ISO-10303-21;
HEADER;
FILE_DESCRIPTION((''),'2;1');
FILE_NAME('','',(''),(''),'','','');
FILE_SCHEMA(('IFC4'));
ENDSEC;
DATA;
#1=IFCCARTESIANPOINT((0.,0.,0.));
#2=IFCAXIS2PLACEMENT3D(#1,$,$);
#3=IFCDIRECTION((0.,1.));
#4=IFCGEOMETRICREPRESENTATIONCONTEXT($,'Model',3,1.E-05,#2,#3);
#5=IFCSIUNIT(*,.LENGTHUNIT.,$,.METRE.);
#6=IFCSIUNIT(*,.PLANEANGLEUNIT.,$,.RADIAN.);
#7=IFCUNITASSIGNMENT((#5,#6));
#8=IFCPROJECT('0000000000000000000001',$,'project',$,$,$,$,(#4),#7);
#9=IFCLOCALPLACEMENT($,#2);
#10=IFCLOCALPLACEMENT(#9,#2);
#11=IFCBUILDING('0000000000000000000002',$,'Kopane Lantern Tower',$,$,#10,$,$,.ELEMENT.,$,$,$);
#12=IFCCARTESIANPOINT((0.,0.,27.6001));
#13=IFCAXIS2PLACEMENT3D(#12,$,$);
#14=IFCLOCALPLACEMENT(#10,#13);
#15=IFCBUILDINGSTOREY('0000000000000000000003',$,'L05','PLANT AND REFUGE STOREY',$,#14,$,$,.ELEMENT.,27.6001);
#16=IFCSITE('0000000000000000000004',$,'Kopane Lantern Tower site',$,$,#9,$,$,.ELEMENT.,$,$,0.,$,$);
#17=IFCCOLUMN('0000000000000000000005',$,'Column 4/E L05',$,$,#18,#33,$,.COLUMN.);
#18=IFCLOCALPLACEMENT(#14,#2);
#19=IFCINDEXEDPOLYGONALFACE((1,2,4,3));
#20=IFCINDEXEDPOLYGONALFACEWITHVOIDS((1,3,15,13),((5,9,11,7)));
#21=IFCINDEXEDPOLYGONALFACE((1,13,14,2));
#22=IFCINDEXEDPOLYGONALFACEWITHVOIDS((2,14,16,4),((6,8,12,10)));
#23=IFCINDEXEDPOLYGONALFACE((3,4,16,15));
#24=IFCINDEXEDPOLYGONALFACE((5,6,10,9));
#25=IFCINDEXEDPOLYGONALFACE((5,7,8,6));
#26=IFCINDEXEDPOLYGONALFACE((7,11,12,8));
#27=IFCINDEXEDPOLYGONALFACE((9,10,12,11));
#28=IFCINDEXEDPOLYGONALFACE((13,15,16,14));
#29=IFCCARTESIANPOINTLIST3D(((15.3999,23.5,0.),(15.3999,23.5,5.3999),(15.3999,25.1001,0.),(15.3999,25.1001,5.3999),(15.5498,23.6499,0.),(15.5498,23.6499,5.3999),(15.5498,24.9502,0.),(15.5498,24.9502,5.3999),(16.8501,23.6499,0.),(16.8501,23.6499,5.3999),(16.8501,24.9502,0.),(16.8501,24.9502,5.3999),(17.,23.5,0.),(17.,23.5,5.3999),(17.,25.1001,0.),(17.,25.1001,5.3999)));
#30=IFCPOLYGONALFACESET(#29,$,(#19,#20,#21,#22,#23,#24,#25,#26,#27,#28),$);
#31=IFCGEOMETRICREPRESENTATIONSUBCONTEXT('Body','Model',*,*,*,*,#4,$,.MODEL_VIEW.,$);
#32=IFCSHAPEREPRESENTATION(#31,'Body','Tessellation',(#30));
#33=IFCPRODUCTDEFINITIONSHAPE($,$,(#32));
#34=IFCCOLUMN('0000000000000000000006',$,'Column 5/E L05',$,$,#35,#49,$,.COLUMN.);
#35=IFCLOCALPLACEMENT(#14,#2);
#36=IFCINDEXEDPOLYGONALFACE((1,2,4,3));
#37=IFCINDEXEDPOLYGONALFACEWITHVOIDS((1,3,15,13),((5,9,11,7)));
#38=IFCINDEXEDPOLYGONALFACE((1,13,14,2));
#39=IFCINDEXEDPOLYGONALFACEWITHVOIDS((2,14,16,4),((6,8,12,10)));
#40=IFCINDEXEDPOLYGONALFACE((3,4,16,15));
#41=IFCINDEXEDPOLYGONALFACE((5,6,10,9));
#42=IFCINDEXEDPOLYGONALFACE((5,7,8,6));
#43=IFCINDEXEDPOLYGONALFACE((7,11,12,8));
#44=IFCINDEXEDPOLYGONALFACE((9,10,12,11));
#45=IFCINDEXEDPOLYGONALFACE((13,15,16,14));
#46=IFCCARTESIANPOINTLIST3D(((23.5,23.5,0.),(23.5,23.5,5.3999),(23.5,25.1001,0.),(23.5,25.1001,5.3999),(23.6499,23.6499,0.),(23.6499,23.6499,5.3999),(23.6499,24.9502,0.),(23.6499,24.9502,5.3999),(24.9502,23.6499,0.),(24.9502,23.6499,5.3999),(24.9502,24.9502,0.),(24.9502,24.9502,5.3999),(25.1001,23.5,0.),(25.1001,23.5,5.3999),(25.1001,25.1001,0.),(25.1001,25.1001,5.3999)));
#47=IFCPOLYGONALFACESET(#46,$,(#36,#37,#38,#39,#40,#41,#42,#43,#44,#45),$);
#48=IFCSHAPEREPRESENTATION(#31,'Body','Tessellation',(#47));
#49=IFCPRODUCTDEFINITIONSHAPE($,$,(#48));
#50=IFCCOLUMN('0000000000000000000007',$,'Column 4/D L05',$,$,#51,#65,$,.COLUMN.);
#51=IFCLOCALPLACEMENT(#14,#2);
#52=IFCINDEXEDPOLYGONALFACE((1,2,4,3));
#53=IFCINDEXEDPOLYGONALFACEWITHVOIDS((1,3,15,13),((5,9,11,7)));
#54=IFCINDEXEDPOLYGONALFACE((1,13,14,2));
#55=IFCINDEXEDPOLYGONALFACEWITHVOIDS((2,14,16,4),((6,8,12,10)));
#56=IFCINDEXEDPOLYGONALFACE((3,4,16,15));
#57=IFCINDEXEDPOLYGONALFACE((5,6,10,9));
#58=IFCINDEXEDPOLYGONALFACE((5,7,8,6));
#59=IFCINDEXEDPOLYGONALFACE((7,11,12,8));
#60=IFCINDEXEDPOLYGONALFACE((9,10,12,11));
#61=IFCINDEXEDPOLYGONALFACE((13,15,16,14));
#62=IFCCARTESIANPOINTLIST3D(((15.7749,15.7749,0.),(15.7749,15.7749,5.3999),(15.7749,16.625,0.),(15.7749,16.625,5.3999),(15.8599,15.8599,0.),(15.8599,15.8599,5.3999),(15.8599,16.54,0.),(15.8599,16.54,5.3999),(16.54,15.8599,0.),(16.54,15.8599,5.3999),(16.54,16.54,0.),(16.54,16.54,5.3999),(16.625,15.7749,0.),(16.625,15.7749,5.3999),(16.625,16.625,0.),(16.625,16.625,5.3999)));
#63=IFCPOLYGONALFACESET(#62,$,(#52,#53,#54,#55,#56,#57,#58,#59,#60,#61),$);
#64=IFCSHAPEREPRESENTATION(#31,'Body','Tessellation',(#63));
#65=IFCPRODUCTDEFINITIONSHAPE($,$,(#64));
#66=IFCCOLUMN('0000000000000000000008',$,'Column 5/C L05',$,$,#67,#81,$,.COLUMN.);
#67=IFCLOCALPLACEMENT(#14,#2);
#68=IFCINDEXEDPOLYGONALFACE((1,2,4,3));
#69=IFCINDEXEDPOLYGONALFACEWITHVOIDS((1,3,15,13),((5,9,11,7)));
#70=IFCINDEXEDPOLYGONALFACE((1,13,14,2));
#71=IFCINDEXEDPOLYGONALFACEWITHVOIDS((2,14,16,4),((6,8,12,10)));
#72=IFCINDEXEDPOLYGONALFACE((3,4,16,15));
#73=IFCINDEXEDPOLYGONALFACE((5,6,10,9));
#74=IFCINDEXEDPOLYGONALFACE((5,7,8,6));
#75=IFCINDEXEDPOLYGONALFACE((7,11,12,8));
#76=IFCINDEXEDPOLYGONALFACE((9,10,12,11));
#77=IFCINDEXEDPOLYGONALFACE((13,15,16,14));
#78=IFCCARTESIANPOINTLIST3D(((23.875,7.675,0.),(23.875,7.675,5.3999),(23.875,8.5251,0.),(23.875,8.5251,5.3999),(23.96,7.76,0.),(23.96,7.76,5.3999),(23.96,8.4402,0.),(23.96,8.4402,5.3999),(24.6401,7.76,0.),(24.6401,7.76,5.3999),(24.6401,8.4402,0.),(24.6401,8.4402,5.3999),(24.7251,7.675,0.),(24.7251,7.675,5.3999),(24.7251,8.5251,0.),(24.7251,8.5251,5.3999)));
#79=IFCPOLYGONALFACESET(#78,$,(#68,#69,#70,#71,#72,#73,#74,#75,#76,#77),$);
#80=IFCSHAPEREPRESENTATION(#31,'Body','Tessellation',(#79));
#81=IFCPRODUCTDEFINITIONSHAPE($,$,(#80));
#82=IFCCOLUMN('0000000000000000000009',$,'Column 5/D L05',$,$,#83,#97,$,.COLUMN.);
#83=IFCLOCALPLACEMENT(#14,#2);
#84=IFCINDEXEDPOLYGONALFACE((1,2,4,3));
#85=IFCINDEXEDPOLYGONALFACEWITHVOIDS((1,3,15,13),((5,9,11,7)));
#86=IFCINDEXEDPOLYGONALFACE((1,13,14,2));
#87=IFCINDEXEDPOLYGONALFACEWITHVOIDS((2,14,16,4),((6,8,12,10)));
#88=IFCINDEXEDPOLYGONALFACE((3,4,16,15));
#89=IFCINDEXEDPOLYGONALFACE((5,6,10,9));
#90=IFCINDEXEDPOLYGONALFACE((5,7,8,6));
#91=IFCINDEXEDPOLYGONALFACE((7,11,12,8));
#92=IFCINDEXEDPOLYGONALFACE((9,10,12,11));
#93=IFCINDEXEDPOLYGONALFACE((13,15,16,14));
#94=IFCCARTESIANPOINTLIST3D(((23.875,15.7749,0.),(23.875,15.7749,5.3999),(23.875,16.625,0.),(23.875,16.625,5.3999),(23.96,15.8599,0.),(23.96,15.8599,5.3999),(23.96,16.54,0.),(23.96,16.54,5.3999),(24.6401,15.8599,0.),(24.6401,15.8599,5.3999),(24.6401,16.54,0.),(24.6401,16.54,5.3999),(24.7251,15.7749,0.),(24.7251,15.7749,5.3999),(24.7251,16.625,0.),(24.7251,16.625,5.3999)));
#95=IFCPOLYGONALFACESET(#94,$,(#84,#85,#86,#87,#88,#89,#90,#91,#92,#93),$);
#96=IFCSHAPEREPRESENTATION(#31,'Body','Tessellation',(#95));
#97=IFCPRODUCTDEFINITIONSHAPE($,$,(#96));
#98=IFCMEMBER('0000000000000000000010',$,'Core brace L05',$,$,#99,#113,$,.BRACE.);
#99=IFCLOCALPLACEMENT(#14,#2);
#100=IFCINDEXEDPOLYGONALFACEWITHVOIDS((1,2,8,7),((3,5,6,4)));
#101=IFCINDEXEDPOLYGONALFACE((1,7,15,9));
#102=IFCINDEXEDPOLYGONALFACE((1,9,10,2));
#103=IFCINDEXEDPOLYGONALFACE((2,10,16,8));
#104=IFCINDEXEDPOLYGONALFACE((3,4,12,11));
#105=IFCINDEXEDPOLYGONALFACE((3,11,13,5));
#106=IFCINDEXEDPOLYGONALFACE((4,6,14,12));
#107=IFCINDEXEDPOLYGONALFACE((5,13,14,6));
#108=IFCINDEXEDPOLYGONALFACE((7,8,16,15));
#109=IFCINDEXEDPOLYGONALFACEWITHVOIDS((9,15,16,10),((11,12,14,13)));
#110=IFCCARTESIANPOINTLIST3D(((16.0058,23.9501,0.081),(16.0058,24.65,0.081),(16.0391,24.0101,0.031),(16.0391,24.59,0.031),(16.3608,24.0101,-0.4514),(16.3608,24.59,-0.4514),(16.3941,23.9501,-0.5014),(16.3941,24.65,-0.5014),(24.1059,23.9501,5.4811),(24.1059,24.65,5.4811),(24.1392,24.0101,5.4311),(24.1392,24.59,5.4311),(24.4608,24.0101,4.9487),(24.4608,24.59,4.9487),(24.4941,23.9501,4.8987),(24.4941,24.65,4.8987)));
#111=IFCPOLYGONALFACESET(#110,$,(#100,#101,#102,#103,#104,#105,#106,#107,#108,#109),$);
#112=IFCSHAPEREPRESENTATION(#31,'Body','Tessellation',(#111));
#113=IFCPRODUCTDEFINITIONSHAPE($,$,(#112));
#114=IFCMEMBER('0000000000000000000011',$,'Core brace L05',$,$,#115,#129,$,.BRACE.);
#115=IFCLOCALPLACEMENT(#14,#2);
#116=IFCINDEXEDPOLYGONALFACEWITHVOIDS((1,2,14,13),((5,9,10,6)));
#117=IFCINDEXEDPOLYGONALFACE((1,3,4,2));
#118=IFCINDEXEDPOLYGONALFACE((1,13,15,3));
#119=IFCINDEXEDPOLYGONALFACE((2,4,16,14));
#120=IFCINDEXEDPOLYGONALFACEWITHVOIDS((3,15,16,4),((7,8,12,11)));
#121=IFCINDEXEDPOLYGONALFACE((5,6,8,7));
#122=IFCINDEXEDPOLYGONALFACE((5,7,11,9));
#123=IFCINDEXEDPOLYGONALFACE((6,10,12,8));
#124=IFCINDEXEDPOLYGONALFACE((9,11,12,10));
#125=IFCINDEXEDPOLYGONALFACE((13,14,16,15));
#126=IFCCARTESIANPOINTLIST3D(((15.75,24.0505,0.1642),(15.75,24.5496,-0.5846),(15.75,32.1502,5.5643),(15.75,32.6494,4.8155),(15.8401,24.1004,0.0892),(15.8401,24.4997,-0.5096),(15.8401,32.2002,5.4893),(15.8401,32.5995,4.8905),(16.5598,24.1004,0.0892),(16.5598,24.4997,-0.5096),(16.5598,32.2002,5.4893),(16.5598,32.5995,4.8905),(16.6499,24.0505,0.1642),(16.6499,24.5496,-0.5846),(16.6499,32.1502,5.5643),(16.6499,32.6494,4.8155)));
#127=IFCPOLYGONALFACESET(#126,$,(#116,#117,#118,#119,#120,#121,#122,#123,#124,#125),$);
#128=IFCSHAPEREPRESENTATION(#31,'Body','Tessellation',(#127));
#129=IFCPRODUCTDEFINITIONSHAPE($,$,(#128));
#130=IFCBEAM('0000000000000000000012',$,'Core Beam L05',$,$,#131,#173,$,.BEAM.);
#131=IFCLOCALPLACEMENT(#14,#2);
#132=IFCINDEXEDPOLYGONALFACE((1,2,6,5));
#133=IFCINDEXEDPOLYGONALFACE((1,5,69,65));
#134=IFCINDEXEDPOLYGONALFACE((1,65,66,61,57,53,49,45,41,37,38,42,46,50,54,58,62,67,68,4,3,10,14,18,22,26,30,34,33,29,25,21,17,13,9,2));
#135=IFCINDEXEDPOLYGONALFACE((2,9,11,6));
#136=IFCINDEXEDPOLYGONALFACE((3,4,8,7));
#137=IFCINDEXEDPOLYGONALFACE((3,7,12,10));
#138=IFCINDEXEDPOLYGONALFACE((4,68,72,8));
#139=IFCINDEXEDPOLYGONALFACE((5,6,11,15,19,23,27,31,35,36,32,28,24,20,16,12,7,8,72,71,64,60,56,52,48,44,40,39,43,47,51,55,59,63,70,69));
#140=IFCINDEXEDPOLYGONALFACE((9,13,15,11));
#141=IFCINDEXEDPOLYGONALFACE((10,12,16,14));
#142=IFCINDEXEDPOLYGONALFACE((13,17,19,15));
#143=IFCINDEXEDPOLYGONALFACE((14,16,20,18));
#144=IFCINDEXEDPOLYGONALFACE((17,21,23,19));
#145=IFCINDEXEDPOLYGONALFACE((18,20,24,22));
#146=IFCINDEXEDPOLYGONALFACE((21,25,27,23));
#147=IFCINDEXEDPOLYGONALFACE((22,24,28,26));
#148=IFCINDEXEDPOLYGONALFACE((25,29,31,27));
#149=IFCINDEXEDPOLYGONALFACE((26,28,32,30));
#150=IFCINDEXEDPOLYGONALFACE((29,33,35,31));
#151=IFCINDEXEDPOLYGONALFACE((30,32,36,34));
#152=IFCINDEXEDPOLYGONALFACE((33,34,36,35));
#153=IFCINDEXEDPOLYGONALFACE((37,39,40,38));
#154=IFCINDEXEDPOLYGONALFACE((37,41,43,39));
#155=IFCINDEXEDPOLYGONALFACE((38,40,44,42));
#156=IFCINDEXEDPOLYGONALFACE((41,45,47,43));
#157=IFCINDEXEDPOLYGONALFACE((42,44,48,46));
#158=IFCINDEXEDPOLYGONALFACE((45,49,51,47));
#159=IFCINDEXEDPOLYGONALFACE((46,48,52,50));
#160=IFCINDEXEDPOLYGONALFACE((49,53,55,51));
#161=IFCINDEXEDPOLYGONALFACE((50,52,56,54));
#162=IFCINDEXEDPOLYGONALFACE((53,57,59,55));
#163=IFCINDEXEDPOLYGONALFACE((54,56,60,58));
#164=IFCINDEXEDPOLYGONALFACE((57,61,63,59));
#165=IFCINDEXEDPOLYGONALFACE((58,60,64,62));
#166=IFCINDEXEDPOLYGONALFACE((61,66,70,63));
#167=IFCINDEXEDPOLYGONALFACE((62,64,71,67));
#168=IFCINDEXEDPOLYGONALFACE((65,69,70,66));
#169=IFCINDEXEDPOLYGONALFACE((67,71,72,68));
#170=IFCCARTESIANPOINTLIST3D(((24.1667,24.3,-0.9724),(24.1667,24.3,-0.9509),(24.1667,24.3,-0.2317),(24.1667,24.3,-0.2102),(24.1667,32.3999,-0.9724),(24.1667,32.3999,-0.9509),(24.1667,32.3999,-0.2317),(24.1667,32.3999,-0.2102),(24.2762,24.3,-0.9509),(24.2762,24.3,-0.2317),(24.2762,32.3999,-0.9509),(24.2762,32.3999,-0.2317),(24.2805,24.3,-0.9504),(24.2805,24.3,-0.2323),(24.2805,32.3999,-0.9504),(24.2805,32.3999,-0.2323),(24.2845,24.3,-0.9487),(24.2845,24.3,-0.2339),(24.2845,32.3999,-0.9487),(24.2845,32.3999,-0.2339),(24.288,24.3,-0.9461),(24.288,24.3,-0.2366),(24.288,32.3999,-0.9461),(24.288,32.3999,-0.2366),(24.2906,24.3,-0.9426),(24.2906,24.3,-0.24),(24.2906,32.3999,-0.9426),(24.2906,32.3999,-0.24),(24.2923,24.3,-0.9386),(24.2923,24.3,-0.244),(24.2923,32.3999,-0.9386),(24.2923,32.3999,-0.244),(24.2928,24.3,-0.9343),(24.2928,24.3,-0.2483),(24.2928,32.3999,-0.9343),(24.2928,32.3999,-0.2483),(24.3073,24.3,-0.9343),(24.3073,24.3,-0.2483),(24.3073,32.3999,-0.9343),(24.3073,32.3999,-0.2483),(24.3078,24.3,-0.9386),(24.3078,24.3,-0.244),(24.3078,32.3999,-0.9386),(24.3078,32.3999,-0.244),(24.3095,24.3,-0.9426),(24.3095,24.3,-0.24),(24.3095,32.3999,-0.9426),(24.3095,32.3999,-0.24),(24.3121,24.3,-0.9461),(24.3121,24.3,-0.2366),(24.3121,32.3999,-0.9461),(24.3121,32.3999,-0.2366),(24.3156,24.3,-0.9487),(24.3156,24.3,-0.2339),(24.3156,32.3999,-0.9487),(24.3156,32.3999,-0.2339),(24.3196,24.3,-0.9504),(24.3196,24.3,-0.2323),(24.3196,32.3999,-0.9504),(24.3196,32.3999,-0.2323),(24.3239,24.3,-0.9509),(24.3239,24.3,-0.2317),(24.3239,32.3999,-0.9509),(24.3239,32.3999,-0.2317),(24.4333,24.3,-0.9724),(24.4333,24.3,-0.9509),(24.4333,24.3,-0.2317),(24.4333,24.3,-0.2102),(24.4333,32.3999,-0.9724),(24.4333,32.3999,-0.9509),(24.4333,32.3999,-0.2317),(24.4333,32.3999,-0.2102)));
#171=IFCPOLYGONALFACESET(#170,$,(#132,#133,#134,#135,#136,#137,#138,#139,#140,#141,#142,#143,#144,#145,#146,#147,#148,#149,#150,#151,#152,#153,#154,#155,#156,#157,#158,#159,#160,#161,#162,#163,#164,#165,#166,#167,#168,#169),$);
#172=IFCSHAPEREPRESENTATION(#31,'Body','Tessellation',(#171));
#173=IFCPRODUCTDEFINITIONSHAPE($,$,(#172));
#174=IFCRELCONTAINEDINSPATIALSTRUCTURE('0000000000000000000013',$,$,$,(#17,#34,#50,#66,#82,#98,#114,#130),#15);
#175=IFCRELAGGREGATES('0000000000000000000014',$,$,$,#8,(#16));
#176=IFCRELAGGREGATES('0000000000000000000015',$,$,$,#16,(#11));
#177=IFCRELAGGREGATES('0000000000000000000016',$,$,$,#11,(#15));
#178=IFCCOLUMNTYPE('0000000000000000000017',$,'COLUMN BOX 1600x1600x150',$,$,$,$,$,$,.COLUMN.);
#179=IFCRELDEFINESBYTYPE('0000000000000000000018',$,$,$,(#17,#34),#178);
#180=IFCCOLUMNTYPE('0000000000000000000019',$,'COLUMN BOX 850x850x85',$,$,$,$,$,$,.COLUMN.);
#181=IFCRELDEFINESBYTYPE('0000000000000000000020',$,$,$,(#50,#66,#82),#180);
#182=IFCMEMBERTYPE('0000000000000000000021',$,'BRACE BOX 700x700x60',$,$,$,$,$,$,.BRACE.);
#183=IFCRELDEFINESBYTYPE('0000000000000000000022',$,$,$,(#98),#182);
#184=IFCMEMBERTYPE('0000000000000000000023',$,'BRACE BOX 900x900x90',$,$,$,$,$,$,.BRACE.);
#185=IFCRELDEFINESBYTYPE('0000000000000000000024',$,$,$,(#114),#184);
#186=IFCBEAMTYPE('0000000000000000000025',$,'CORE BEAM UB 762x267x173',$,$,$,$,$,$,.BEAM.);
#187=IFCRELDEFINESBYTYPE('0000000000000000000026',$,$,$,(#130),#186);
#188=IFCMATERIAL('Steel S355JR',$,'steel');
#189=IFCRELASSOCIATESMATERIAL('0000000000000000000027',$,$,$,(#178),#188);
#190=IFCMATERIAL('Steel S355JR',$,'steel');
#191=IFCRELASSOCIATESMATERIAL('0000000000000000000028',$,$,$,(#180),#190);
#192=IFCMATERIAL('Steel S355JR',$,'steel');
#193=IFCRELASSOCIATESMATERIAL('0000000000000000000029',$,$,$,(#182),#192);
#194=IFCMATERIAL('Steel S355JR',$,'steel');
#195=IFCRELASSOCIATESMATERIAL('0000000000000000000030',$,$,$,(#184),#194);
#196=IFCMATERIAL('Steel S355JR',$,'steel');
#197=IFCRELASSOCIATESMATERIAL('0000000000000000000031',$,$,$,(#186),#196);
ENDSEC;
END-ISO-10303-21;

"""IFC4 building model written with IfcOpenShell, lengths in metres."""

from ifc_helpers import new_model, si_unit, direction, frame, origin, origin_2d, place, context, subcontext, project, spatial, hollow_rectangle, i_section, extrude, material, material_profile, profile_set, type_object, element, save


model = new_model("IFC4")

# Units and contexts
model_context = context("Model", 3, precision=1e-05, world=origin(), true_north=direction((0.0, 1.0)))
body_context = subcontext(model_context, "Body", "Model", "MODEL_VIEW")
ifc_project = project(units=[si_unit("LENGTHUNIT", "METRE"), si_unit("PLANEANGLEUNIT", "RADIAN")], contexts=[model_context])

# Site, building, storey
site_placement = place(None, origin())
site = spatial("IfcSite", under=ifc_project, at=site_placement, Name="Kopane Lantern Tower site", CompositionType="ELEMENT", RefElevation=0.0)
building_placement = place(site_placement, origin())
building = spatial("IfcBuilding", under=site, at=building_placement, Name="Kopane Lantern Tower", CompositionType="ELEMENT")
storey_placement = place(building_placement, frame((0.0, 0.0, 27.6001)))
storey = spatial("IfcBuildingStorey", under=building, at=storey_placement, Name="L05", Description="PLANT AND REFUGE STOREY", CompositionType="ELEMENT", Elevation=27.6001)

# Columns
ifc_material_1 = material(Name="Steel S355JR", Category="steel")
ifc_material_profile_1 = material_profile(ifc_material_1, hollow_rectangle(XDim=1.6001, YDim=1.6001, WallThickness=0.1499, at=origin_2d()), Name="BOX 1600x1600x150")
ifc_profile_set_1 = profile_set([ifc_material_profile_1], Name="Steel S355JR")
column_type_1 = type_object("IfcColumnType", Name="COLUMN BOX 1600x1600x150", PredefinedType="COLUMN", material=ifc_profile_set_1)
for number, where, z_axis, x_axis, name in (
    (1, (16.2, 24.3, 0.0), (0.0, 0.0, 1.0), (1.0, 0.0, 0.0), "Column 4/E L05"),
    (2, (24.3, 24.3, 0.0), (0.0, 0.0, 1.0), (1.0, 0.0, 0.0), "Column 5/E L05"),
):
    element("IfcColumn", number, at=place(storey_placement, frame(where, z_axis=z_axis, x_axis=x_axis)), inside=storey, type_object=column_type_1, Name=name, PredefinedType="COLUMN", context=body_context, shape_type="SweptSolid", body=[
        extrude(hollow_rectangle(XDim=1.6001, YDim=1.6001, WallThickness=0.1499, at=origin_2d()), origin(), (0.0, 0.0, 1.0), 5.3999),
    ])
ifc_material_2 = material(Name="Steel S355JR", Category="steel")
ifc_material_profile_2 = material_profile(ifc_material_2, hollow_rectangle(XDim=0.8501, YDim=0.8501, WallThickness=0.085, at=origin_2d()), Name="BOX 850x850x85")
ifc_profile_set_2 = profile_set([ifc_material_profile_2], Name="Steel S355JR")
column_type_2 = type_object("IfcColumnType", Name="COLUMN BOX 850x850x85", PredefinedType="COLUMN", material=ifc_profile_set_2)
for number, where, z_axis, x_axis, name in (
    (3, (16.2, 16.2, 0.0), (0.0, 0.0, 1.0), (1.0, 0.0, 0.0), "Column 4/D L05"),
    (4, (24.3, 8.1001, 0.0), (0.0, 0.0, 1.0), (1.0, 0.0, 0.0), "Column 5/C L05"),
    (5, (24.3, 16.2, 0.0), (0.0, 0.0, 1.0), (1.0, 0.0, 0.0), "Column 5/D L05"),
):
    element("IfcColumn", number, at=place(storey_placement, frame(where, z_axis=z_axis, x_axis=x_axis)), inside=storey, type_object=column_type_2, Name=name, PredefinedType="COLUMN", context=body_context, shape_type="SweptSolid", body=[
        extrude(hollow_rectangle(XDim=0.8501, YDim=0.8501, WallThickness=0.085, at=origin_2d()), origin(), (0.0, 0.0, 1.0), 5.3999),
    ])

# Members
ifc_material_3 = material(Name="Steel S355JR", Category="steel")
ifc_material_profile_3 = material_profile(ifc_material_3, hollow_rectangle(XDim=0.7, YDim=0.7, WallThickness=0.0601, at=origin_2d()), Name="BOX 700x700x60")
ifc_profile_set_3 = profile_set([ifc_material_profile_3], Name="Steel S355JR")
member_type_1 = type_object("IfcMemberType", Name="BRACE BOX 700x700x60", PredefinedType="BRACE", material=ifc_profile_set_3)
member_1_placement = place(storey_placement, frame((16.2, 24.3, -0.2102), z_axis=(0.832046, 0.0, 0.554706), x_axis=(0.0, 1.0, 0.0)))
element("IfcMember", 6, at=member_1_placement, inside=storey, type_object=member_type_1, Name="Core brace L05", PredefinedType="BRACE", context=body_context, shape_type="SweptSolid", body=[
    extrude(hollow_rectangle(XDim=0.7, YDim=0.7, WallThickness=0.0601, at=origin_2d()), origin(), (0.0, 0.0, 1.0), 9.7351),
])
ifc_material_4 = material(Name="Steel S355JR", Category="steel")
ifc_material_profile_4 = material_profile(ifc_material_4, hollow_rectangle(XDim=0.8999, YDim=0.8999, WallThickness=0.0901, at=origin_2d()), Name="BOX 900x900x90")
ifc_profile_set_4 = profile_set([ifc_material_profile_4], Name="Steel S355JR")
member_type_2 = type_object("IfcMemberType", Name="BRACE BOX 900x900x90", PredefinedType="BRACE", material=ifc_profile_set_4)
member_2_placement = place(storey_placement, frame((16.2, 24.3, -0.2102), z_axis=(0.0, 0.832039, 0.554718), x_axis=(-1.0, 0.0, 0.0)))
element("IfcMember", 7, at=member_2_placement, inside=storey, type_object=member_type_2, Name="Core brace L05", PredefinedType="BRACE", context=body_context, shape_type="SweptSolid", body=[
    extrude(hollow_rectangle(XDim=0.8999, YDim=0.8999, WallThickness=0.0901, at=origin_2d()), origin(), (0.0, 0.0, 1.0), 9.7349),
])

# Beam
ifc_material_5 = material(Name="Steel S355JR", Category="steel")
ifc_material_profile_5 = material_profile(ifc_material_5, i_section(OverallWidth=0.2666, OverallDepth=0.7622, WebThickness=0.0144, FlangeThickness=0.0215, FilletRadius=0.0166, at=origin_2d()), Name="UB 762x267x173")
ifc_profile_set_5 = profile_set([ifc_material_profile_5], Name="Steel S355JR")
beam_type_1 = type_object("IfcBeamType", Name="CORE BEAM UB 762x267x173", PredefinedType="BEAM", material=ifc_profile_set_5)
beam_1_placement = place(storey_placement, frame((24.3, 24.3, -0.5913), z_axis=(0.0, 1.0, 0.0), x_axis=(-1.0, 0.0, 0.0)))
element("IfcBeam", 8, at=beam_1_placement, inside=storey, type_object=beam_type_1, Name="Core Beam L05", PredefinedType="BEAM", context=body_context, shape_type="SweptSolid", body=[
    extrude(i_section(OverallWidth=0.2666, OverallDepth=0.7622, WebThickness=0.0144, FlangeThickness=0.0215, FilletRadius=0.0166, at=origin_2d()), origin(), (0.0, 0.0, 1.0), 8.0999),
])

save(model, "model.ifc")
